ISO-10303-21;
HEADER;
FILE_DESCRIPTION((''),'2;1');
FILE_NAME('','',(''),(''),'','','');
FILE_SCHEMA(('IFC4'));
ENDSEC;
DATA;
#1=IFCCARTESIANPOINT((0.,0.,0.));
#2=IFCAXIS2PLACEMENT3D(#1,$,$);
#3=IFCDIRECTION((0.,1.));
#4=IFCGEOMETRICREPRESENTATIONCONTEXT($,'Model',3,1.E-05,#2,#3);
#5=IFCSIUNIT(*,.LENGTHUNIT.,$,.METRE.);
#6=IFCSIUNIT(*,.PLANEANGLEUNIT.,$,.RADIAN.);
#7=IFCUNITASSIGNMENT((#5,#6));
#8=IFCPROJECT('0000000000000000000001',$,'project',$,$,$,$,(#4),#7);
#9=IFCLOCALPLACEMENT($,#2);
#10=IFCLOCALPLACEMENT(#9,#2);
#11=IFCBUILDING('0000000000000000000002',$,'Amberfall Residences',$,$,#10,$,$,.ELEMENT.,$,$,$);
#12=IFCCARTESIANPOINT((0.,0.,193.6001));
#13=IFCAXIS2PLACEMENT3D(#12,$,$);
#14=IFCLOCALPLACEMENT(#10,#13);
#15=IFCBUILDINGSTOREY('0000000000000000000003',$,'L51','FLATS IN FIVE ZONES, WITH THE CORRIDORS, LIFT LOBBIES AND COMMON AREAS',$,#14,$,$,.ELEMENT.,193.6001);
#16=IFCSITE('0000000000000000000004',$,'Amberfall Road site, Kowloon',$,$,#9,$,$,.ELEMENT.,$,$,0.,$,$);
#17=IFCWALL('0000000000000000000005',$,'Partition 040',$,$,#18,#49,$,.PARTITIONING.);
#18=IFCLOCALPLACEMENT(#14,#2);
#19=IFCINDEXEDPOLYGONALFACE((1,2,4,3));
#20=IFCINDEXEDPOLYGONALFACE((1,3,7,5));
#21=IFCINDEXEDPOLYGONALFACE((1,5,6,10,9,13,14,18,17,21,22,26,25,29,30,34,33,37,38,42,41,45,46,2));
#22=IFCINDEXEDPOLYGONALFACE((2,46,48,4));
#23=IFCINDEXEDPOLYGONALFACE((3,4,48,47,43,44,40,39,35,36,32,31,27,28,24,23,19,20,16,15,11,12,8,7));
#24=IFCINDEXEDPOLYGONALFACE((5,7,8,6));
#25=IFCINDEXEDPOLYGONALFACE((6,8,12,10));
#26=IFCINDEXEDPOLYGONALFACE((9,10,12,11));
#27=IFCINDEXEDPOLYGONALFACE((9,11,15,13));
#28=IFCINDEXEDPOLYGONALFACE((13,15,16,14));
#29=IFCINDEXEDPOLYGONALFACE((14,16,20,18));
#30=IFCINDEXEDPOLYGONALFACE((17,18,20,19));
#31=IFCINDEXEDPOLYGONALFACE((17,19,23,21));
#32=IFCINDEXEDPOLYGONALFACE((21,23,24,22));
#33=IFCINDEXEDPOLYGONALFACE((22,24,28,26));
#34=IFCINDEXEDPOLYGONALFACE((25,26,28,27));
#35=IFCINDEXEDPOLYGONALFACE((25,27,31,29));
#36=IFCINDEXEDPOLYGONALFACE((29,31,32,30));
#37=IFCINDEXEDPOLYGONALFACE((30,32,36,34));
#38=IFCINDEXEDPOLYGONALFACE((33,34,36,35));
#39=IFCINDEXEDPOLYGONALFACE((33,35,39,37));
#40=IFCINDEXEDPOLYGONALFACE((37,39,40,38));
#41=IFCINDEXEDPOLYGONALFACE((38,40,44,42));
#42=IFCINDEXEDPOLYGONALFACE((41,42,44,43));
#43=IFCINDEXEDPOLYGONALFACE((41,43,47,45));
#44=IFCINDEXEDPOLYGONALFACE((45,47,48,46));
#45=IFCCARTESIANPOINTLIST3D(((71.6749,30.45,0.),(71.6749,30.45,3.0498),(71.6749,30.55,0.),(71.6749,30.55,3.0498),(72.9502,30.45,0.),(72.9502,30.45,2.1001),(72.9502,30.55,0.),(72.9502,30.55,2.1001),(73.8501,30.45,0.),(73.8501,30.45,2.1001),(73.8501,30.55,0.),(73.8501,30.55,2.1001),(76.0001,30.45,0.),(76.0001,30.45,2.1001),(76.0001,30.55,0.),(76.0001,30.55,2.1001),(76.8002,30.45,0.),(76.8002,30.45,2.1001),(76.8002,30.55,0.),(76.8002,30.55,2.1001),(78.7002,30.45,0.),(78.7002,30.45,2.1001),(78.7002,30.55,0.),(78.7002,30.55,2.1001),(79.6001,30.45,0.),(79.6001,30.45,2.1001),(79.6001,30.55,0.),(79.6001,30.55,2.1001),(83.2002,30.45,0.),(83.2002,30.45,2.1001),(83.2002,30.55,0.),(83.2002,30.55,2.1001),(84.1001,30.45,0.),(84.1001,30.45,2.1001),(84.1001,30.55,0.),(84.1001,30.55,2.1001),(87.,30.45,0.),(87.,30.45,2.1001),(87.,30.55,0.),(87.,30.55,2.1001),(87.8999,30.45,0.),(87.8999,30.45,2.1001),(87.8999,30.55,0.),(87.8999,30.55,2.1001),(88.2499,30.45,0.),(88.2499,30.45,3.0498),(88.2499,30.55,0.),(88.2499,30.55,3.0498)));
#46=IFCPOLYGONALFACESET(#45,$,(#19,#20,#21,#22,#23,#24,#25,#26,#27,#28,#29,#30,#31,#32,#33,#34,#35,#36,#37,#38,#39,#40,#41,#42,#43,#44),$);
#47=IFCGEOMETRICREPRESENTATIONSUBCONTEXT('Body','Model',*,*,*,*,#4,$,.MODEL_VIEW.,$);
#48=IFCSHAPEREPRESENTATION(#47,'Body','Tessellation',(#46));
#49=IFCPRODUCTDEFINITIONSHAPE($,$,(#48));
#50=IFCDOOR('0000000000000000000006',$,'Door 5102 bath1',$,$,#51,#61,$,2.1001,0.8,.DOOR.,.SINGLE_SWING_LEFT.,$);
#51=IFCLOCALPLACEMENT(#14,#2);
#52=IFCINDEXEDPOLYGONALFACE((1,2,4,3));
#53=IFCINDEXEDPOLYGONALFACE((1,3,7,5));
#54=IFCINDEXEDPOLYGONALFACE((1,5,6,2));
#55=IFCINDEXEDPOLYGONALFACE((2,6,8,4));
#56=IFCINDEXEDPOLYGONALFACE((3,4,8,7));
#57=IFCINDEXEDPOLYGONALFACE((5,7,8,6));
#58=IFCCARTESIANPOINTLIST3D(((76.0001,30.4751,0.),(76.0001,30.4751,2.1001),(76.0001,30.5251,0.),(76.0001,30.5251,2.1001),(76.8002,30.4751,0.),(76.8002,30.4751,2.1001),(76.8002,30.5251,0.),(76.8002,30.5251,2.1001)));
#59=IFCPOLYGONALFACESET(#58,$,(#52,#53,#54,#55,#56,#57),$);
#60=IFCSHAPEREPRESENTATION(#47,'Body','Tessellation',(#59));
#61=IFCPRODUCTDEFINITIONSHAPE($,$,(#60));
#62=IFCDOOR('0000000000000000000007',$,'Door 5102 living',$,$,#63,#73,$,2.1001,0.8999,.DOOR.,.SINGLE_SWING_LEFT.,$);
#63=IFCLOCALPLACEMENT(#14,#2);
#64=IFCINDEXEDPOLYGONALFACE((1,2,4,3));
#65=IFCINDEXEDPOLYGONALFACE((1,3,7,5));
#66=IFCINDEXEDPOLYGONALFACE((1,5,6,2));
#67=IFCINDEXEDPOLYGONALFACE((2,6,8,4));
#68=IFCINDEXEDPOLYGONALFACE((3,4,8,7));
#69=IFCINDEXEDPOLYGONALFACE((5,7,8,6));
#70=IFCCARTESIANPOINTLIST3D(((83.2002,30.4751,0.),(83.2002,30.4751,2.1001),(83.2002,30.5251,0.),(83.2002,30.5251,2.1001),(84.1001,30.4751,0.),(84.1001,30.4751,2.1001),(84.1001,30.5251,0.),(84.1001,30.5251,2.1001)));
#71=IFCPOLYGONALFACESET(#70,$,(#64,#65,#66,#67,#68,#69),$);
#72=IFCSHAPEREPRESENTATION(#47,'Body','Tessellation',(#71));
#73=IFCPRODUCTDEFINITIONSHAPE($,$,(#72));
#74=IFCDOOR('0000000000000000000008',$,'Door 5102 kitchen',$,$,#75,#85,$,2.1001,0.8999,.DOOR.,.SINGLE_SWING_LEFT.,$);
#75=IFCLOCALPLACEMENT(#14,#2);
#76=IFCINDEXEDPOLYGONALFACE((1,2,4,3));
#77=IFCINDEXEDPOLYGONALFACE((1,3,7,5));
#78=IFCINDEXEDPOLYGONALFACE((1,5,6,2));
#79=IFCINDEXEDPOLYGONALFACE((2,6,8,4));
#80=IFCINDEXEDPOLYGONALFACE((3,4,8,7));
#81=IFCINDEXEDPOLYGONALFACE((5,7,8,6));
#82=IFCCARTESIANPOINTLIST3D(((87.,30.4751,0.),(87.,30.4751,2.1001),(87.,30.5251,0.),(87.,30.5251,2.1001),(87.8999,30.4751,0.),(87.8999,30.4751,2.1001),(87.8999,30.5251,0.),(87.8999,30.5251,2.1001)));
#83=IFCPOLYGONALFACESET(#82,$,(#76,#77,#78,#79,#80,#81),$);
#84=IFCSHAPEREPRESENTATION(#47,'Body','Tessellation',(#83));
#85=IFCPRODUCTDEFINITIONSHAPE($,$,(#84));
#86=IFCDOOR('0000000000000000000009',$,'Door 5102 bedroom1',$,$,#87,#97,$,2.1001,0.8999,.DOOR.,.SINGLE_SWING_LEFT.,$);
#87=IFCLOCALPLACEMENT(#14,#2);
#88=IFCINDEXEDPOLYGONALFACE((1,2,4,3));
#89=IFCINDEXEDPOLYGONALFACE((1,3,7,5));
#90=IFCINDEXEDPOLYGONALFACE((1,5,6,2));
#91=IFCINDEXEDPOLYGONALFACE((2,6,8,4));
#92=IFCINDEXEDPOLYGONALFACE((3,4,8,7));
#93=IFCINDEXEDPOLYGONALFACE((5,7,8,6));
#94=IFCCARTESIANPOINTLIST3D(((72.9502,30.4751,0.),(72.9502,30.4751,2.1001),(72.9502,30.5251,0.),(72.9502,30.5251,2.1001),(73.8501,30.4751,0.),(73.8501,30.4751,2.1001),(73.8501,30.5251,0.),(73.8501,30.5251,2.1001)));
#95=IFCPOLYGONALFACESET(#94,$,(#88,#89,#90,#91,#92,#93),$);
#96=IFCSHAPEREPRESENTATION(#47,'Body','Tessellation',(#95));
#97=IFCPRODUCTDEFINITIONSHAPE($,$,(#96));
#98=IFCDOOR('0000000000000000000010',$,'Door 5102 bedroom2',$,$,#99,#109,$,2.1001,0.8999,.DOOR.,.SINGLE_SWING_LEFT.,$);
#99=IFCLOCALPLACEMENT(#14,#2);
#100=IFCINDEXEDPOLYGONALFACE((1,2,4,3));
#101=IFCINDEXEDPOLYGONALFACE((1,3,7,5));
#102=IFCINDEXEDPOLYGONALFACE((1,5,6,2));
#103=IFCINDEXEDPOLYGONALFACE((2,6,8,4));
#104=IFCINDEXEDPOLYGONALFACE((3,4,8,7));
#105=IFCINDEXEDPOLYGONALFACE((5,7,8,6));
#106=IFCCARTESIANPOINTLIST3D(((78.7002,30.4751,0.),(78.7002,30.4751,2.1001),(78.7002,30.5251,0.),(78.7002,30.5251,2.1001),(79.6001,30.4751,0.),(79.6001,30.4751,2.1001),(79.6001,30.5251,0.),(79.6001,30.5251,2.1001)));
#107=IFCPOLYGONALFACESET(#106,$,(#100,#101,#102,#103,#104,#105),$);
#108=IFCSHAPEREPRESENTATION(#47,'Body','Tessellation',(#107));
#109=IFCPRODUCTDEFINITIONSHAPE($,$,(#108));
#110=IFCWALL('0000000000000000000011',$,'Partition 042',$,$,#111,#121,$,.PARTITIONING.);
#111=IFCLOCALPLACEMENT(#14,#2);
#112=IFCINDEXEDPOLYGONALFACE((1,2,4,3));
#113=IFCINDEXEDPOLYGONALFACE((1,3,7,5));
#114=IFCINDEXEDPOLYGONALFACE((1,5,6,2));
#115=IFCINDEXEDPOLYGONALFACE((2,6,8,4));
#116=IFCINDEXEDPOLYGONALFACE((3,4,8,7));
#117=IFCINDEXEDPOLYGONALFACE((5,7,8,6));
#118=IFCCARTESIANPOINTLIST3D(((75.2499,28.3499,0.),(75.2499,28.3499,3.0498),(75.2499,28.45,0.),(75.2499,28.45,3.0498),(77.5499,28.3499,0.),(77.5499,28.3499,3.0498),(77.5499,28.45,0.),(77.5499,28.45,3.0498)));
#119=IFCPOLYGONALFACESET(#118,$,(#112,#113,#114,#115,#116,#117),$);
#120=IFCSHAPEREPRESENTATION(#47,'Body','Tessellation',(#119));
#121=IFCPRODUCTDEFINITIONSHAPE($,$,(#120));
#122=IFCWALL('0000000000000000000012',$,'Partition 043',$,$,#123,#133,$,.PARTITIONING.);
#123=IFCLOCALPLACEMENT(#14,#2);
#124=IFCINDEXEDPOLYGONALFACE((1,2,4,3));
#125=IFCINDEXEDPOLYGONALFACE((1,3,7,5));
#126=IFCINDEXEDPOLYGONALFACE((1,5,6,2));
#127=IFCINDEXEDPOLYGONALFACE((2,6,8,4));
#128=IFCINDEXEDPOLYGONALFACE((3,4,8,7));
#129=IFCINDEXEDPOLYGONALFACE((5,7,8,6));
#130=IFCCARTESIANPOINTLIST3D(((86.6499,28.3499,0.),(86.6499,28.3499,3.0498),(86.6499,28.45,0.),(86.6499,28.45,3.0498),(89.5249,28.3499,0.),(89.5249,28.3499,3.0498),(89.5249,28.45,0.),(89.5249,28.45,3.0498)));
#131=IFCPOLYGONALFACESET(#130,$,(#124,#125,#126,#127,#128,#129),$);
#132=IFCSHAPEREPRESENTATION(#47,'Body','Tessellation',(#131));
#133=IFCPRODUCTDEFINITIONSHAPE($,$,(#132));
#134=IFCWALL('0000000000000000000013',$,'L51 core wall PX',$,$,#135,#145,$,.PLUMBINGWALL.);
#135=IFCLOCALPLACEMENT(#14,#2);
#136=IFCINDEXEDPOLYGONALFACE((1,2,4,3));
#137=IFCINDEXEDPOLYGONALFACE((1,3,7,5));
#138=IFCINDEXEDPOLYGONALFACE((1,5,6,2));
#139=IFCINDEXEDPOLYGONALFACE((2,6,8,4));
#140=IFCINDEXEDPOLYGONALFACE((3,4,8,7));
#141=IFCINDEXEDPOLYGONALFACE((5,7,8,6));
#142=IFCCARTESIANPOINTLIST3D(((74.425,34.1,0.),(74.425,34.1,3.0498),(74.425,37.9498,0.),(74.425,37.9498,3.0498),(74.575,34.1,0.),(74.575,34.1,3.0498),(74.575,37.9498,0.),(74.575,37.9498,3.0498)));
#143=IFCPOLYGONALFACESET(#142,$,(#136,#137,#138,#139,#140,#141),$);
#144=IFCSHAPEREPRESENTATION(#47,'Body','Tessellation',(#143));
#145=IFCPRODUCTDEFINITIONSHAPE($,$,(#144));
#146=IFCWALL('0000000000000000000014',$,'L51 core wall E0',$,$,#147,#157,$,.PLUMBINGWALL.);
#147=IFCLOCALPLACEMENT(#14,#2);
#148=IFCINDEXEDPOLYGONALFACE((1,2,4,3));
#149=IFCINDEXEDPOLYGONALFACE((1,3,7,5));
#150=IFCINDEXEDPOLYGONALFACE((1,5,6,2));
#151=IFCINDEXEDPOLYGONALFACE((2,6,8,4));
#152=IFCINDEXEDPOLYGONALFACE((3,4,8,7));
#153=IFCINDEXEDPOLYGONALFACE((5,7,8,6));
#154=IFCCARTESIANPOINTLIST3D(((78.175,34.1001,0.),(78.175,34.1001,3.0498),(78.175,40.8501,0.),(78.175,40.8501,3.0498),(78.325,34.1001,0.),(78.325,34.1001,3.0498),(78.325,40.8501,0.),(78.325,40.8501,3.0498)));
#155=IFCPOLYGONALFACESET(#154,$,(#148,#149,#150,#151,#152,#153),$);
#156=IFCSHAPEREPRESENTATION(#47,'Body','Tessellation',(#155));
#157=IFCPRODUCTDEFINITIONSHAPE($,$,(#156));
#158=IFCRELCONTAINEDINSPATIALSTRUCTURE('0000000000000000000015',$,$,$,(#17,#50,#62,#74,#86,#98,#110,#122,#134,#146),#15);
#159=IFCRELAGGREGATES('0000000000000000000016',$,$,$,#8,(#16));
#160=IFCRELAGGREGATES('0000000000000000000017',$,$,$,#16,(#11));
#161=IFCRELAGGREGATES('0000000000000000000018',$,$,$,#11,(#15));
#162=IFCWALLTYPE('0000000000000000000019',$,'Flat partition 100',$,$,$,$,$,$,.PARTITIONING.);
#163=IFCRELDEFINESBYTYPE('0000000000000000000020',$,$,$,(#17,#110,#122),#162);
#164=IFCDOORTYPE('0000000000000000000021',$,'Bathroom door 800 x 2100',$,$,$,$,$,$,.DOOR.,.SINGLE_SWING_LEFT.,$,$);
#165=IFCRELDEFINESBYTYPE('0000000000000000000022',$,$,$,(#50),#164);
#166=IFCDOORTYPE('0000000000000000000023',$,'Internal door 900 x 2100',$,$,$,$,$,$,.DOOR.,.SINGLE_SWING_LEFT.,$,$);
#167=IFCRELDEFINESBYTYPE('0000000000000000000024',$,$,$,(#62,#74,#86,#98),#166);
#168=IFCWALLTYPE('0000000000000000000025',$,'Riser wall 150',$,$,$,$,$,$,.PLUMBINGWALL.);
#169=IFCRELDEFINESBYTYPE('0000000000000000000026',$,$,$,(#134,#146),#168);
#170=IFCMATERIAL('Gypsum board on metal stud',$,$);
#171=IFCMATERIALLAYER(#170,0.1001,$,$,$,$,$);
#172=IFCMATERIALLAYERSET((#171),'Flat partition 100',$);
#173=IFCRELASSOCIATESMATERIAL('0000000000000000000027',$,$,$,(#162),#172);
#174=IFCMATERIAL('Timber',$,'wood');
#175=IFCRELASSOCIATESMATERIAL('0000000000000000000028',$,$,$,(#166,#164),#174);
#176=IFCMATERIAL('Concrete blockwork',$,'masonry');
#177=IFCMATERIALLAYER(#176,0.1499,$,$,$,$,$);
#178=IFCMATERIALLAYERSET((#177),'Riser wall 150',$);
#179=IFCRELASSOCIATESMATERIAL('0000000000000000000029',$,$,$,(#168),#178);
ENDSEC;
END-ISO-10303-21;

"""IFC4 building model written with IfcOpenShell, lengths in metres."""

from ifc_helpers import new_model, si_unit, direction, frame, frame_2d, origin, place, context, subcontext, project, spatial, rectangle, extrude, material, layer, layer_set, type_object, element, fill, save


model = new_model("IFC4")

# Units and contexts
model_context = context("Model", 3, precision=1e-05, world=origin(), true_north=direction((0.0, 1.0)))
body_context = subcontext(model_context, "Body", "Model", "MODEL_VIEW")
ifc_project = project(units=[si_unit("LENGTHUNIT", "METRE"), si_unit("PLANEANGLEUNIT", "RADIAN")], contexts=[model_context])

# Site, building, storey
site_placement = place(None, origin())
site = spatial("IfcSite", under=ifc_project, at=site_placement, Name="Amberfall Road site, Kowloon", CompositionType="ELEMENT", RefElevation=0.0)
building_placement = place(site_placement, origin())
building = spatial("IfcBuilding", under=site, at=building_placement, Name="Amberfall Residences", CompositionType="ELEMENT")
storey_placement = place(building_placement, frame((0.0, 0.0, 193.6001)))
storey = spatial("IfcBuildingStorey", under=building, at=storey_placement, Name="L51", Description="FLATS IN FIVE ZONES, WITH THE CORRIDORS, LIFT LOBBIES AND COMMON AREAS", CompositionType="ELEMENT", Elevation=193.6001)

# Shared definitions
ifc_material_1 = material(Name="Gypsum board on metal stud")
ifc_layer_1 = layer(ifc_material_1, 0.1001)
ifc_layer_set_1 = layer_set([ifc_layer_1], Name="Flat partition 100")
wall_type_1 = type_object("IfcWallType", Name="Flat partition 100", PredefinedType="PARTITIONING", material=ifc_layer_set_1)

# Wall, openings, doors
ifc_material_2 = material(Name="Timber", Category="wood")
door_type_1 = type_object("IfcDoorType", Name="Internal door 900 x 2100", OperationType="SINGLE_SWING_LEFT", PredefinedType="DOOR", material=ifc_material_2)
wall_1_placement = place(storey_placement, frame((88.25, 30.5, 0.0), z_axis=(0.0, 0.0, 1.0), x_axis=(-1.0, 0.0, 0.0)))
wall_1 = element("IfcWall", 1, at=wall_1_placement, inside=storey, type_object=wall_type_1, Name="Partition 040", PredefinedType="PARTITIONING", context=body_context, shape_type="SweptSolid", body=[
    extrude(rectangle(XDim=16.575, YDim=0.1001, at=frame_2d((8.2876, 0.0))), origin(), (0.0, 0.0, 1.0), 3.0498),
])
opening_1_placement = place(wall_1_placement, frame((4.1499, 0.0, 0.0)))
opening_1 = element("IfcOpeningElement", 2, at=opening_1_placement, cuts=wall_1, PredefinedType="OPENING", context=body_context, shape_type="SweptSolid", body=[
    extrude(rectangle(XDim=0.8999, YDim=2.1001, at=frame_2d((0.45, 1.05))), frame((0.0, 0.0601, 0.0), z_axis=(0.0, -1.0, 0.0), x_axis=(1.0, 0.0, 0.0)), (0.0, 0.0, 1.0), 0.1201),
])
opening_2_placement = place(wall_1_placement, frame((0.3501, 0.0, 0.0)))
opening_2 = element("IfcOpeningElement", 3, at=opening_2_placement, cuts=wall_1, PredefinedType="OPENING", context=body_context, shape_type="SweptSolid", body=[
    extrude(rectangle(XDim=0.8999, YDim=2.1001, at=frame_2d((0.45, 1.05))), frame((0.0, 0.0601, 0.0), z_axis=(0.0, -1.0, 0.0), x_axis=(1.0, 0.0, 0.0)), (0.0, 0.0, 1.0), 0.1201),
])
opening_3_placement = place(wall_1_placement, frame((14.3999, 0.0, 0.0)))
opening_3 = element("IfcOpeningElement", 4, at=opening_3_placement, cuts=wall_1, PredefinedType="OPENING", context=body_context, shape_type="SweptSolid", body=[
    extrude(rectangle(XDim=0.8999, YDim=2.1001, at=frame_2d((0.45, 1.05))), frame((0.0, 0.0601, 0.0), z_axis=(0.0, -1.0, 0.0), x_axis=(1.0, 0.0, 0.0)), (0.0, 0.0, 1.0), 0.1201),
])
opening_4_placement = place(wall_1_placement, frame((8.6499, 0.0, 0.0)))
opening_4 = element("IfcOpeningElement", 5, at=opening_4_placement, cuts=wall_1, PredefinedType="OPENING", context=body_context, shape_type="SweptSolid", body=[
    extrude(rectangle(XDim=0.8999, YDim=2.1001, at=frame_2d((0.45, 1.05))), frame((0.0, 0.0601, 0.0), z_axis=(0.0, -1.0, 0.0), x_axis=(1.0, 0.0, 0.0)), (0.0, 0.0, 1.0), 0.1201),
])
opening_5_placement = place(wall_1_placement, frame((11.45, 0.0, 0.0)))
opening_5 = element("IfcOpeningElement", 6, at=opening_5_placement, cuts=wall_1, PredefinedType="OPENING", context=body_context, shape_type="SweptSolid", body=[
    extrude(rectangle(XDim=0.8, YDim=2.1001, at=frame_2d((0.3999, 1.05))), frame((0.0, 0.0601, 0.0), z_axis=(0.0, -1.0, 0.0), x_axis=(1.0, 0.0, 0.0)), (0.0, 0.0, 1.0), 0.1201),
])
door_type_2 = type_object("IfcDoorType", Name="Bathroom door 800 x 2100", OperationType="SINGLE_SWING_LEFT", PredefinedType="DOOR", material=ifc_material_2)
door_1_placement = place(opening_5_placement, origin())
door_1 = element("IfcDoor", 7, at=door_1_placement, inside=storey, type_object=door_type_2, Name="Door 5102 bath1", OperationType="SINGLE_SWING_LEFT", OverallHeight=2.1001, OverallWidth=0.8, PredefinedType="DOOR", context=body_context, shape_type="SweptSolid", body=[
    extrude(rectangle(XDim=0.8, YDim=2.1001, at=frame_2d((0.3999, 1.05))), frame((0.0, 0.0249, 0.0), z_axis=(0.0, -1.0, 0.0), x_axis=(1.0, 0.0, 0.0)), (0.0, 0.0, 1.0), 0.05),
])
fill(opening_5, door_1)
door_2_placement = place(opening_1_placement, origin())
door_2 = element("IfcDoor", 8, at=door_2_placement, inside=storey, type_object=door_type_1, Name="Door 5102 living", OperationType="SINGLE_SWING_LEFT", OverallHeight=2.1001, OverallWidth=0.8999, PredefinedType="DOOR", context=body_context, shape_type="SweptSolid", body=[
    extrude(rectangle(XDim=0.8999, YDim=2.1001, at=frame_2d((0.45, 1.05))), frame((0.0, 0.0249, 0.0), z_axis=(0.0, -1.0, 0.0), x_axis=(1.0, 0.0, 0.0)), (0.0, 0.0, 1.0), 0.05),
])
fill(opening_1, door_2)
door_3_placement = place(opening_2_placement, origin())
door_3 = element("IfcDoor", 9, at=door_3_placement, inside=storey, type_object=door_type_1, Name="Door 5102 kitchen", OperationType="SINGLE_SWING_LEFT", OverallHeight=2.1001, OverallWidth=0.8999, PredefinedType="DOOR", context=body_context, shape_type="SweptSolid", body=[
    extrude(rectangle(XDim=0.8999, YDim=2.1001, at=frame_2d((0.45, 1.05))), frame((0.0, 0.0249, 0.0), z_axis=(0.0, -1.0, 0.0), x_axis=(1.0, 0.0, 0.0)), (0.0, 0.0, 1.0), 0.05),
])
fill(opening_2, door_3)
door_4_placement = place(opening_3_placement, origin())
door_4 = element("IfcDoor", 10, at=door_4_placement, inside=storey, type_object=door_type_1, Name="Door 5102 bedroom1", OperationType="SINGLE_SWING_LEFT", OverallHeight=2.1001, OverallWidth=0.8999, PredefinedType="DOOR", context=body_context, shape_type="SweptSolid", body=[
    extrude(rectangle(XDim=0.8999, YDim=2.1001, at=frame_2d((0.45, 1.05))), frame((0.0, 0.0249, 0.0), z_axis=(0.0, -1.0, 0.0), x_axis=(1.0, 0.0, 0.0)), (0.0, 0.0, 1.0), 0.05),
])
fill(opening_3, door_4)
door_5_placement = place(opening_4_placement, origin())
door_5 = element("IfcDoor", 11, at=door_5_placement, inside=storey, type_object=door_type_1, Name="Door 5102 bedroom2", OperationType="SINGLE_SWING_LEFT", OverallHeight=2.1001, OverallWidth=0.8999, PredefinedType="DOOR", context=body_context, shape_type="SweptSolid", body=[
    extrude(rectangle(XDim=0.8999, YDim=2.1001, at=frame_2d((0.45, 1.05))), frame((0.0, 0.0249, 0.0), z_axis=(0.0, -1.0, 0.0), x_axis=(1.0, 0.0, 0.0)), (0.0, 0.0, 1.0), 0.05),
])
fill(opening_4, door_5)

# Walls
wall_2_placement = place(storey_placement, frame((75.25, 28.3999, 0.0), z_axis=(0.0, 0.0, 1.0), x_axis=(1.0, 0.0, 0.0)))
element("IfcWall", 12, at=wall_2_placement, inside=storey, type_object=wall_type_1, Name="Partition 042", PredefinedType="PARTITIONING", context=body_context, shape_type="SweptSolid", body=[
    extrude(rectangle(XDim=2.3, YDim=0.1001, at=frame_2d((1.1499, 0.0))), origin(), (0.0, 0.0, 1.0), 3.0498),
])
wall_3_placement = place(storey_placement, frame((86.6499, 28.3999, 0.0), z_axis=(0.0, 0.0, 1.0), x_axis=(1.0, 0.0, 0.0)))
element("IfcWall", 13, at=wall_3_placement, inside=storey, type_object=wall_type_1, Name="Partition 043", PredefinedType="PARTITIONING", context=body_context, shape_type="SweptSolid", body=[
    extrude(rectangle(XDim=2.875, YDim=0.1001, at=frame_2d((1.4375, 0.0))), origin(), (0.0, 0.0, 1.0), 3.0498),
])
ifc_material_3 = material(Name="Concrete blockwork", Category="masonry")
ifc_layer_2 = layer(ifc_material_3, 0.1499)
ifc_layer_set_2 = layer_set([ifc_layer_2], Name="Riser wall 150")
wall_type_2 = type_object("IfcWallType", Name="Riser wall 150", PredefinedType="PLUMBINGWALL", material=ifc_layer_set_2)
wall_4_placement = place(storey_placement, frame((74.5, 34.1001, 0.0), z_axis=(0.0, 0.0, 1.0), x_axis=(0.0, 1.0, 0.0)))
element("IfcWall", 14, at=wall_4_placement, inside=storey, type_object=wall_type_2, Name="L51 core wall PX", PredefinedType="PLUMBINGWALL", context=body_context, shape_type="SweptSolid", body=[
    extrude(rectangle(XDim=3.8499, YDim=0.1499, at=frame_2d((1.9248, 0.0))), origin(), (0.0, 0.0, 1.0), 3.0498),
])
wall_5_placement = place(storey_placement, frame((78.25, 34.1001, 0.0), z_axis=(0.0, 0.0, 1.0), x_axis=(0.0, 1.0, 0.0)))
element("IfcWall", 15, at=wall_5_placement, inside=storey, type_object=wall_type_2, Name="L51 core wall E0", PredefinedType="PLUMBINGWALL", context=body_context, shape_type="SweptSolid", body=[
    extrude(rectangle(XDim=6.75, YDim=0.1499, at=frame_2d((3.375, 0.0))), origin(), (0.0, 0.0, 1.0), 3.0498),
])

save(model, "model.ifc")
